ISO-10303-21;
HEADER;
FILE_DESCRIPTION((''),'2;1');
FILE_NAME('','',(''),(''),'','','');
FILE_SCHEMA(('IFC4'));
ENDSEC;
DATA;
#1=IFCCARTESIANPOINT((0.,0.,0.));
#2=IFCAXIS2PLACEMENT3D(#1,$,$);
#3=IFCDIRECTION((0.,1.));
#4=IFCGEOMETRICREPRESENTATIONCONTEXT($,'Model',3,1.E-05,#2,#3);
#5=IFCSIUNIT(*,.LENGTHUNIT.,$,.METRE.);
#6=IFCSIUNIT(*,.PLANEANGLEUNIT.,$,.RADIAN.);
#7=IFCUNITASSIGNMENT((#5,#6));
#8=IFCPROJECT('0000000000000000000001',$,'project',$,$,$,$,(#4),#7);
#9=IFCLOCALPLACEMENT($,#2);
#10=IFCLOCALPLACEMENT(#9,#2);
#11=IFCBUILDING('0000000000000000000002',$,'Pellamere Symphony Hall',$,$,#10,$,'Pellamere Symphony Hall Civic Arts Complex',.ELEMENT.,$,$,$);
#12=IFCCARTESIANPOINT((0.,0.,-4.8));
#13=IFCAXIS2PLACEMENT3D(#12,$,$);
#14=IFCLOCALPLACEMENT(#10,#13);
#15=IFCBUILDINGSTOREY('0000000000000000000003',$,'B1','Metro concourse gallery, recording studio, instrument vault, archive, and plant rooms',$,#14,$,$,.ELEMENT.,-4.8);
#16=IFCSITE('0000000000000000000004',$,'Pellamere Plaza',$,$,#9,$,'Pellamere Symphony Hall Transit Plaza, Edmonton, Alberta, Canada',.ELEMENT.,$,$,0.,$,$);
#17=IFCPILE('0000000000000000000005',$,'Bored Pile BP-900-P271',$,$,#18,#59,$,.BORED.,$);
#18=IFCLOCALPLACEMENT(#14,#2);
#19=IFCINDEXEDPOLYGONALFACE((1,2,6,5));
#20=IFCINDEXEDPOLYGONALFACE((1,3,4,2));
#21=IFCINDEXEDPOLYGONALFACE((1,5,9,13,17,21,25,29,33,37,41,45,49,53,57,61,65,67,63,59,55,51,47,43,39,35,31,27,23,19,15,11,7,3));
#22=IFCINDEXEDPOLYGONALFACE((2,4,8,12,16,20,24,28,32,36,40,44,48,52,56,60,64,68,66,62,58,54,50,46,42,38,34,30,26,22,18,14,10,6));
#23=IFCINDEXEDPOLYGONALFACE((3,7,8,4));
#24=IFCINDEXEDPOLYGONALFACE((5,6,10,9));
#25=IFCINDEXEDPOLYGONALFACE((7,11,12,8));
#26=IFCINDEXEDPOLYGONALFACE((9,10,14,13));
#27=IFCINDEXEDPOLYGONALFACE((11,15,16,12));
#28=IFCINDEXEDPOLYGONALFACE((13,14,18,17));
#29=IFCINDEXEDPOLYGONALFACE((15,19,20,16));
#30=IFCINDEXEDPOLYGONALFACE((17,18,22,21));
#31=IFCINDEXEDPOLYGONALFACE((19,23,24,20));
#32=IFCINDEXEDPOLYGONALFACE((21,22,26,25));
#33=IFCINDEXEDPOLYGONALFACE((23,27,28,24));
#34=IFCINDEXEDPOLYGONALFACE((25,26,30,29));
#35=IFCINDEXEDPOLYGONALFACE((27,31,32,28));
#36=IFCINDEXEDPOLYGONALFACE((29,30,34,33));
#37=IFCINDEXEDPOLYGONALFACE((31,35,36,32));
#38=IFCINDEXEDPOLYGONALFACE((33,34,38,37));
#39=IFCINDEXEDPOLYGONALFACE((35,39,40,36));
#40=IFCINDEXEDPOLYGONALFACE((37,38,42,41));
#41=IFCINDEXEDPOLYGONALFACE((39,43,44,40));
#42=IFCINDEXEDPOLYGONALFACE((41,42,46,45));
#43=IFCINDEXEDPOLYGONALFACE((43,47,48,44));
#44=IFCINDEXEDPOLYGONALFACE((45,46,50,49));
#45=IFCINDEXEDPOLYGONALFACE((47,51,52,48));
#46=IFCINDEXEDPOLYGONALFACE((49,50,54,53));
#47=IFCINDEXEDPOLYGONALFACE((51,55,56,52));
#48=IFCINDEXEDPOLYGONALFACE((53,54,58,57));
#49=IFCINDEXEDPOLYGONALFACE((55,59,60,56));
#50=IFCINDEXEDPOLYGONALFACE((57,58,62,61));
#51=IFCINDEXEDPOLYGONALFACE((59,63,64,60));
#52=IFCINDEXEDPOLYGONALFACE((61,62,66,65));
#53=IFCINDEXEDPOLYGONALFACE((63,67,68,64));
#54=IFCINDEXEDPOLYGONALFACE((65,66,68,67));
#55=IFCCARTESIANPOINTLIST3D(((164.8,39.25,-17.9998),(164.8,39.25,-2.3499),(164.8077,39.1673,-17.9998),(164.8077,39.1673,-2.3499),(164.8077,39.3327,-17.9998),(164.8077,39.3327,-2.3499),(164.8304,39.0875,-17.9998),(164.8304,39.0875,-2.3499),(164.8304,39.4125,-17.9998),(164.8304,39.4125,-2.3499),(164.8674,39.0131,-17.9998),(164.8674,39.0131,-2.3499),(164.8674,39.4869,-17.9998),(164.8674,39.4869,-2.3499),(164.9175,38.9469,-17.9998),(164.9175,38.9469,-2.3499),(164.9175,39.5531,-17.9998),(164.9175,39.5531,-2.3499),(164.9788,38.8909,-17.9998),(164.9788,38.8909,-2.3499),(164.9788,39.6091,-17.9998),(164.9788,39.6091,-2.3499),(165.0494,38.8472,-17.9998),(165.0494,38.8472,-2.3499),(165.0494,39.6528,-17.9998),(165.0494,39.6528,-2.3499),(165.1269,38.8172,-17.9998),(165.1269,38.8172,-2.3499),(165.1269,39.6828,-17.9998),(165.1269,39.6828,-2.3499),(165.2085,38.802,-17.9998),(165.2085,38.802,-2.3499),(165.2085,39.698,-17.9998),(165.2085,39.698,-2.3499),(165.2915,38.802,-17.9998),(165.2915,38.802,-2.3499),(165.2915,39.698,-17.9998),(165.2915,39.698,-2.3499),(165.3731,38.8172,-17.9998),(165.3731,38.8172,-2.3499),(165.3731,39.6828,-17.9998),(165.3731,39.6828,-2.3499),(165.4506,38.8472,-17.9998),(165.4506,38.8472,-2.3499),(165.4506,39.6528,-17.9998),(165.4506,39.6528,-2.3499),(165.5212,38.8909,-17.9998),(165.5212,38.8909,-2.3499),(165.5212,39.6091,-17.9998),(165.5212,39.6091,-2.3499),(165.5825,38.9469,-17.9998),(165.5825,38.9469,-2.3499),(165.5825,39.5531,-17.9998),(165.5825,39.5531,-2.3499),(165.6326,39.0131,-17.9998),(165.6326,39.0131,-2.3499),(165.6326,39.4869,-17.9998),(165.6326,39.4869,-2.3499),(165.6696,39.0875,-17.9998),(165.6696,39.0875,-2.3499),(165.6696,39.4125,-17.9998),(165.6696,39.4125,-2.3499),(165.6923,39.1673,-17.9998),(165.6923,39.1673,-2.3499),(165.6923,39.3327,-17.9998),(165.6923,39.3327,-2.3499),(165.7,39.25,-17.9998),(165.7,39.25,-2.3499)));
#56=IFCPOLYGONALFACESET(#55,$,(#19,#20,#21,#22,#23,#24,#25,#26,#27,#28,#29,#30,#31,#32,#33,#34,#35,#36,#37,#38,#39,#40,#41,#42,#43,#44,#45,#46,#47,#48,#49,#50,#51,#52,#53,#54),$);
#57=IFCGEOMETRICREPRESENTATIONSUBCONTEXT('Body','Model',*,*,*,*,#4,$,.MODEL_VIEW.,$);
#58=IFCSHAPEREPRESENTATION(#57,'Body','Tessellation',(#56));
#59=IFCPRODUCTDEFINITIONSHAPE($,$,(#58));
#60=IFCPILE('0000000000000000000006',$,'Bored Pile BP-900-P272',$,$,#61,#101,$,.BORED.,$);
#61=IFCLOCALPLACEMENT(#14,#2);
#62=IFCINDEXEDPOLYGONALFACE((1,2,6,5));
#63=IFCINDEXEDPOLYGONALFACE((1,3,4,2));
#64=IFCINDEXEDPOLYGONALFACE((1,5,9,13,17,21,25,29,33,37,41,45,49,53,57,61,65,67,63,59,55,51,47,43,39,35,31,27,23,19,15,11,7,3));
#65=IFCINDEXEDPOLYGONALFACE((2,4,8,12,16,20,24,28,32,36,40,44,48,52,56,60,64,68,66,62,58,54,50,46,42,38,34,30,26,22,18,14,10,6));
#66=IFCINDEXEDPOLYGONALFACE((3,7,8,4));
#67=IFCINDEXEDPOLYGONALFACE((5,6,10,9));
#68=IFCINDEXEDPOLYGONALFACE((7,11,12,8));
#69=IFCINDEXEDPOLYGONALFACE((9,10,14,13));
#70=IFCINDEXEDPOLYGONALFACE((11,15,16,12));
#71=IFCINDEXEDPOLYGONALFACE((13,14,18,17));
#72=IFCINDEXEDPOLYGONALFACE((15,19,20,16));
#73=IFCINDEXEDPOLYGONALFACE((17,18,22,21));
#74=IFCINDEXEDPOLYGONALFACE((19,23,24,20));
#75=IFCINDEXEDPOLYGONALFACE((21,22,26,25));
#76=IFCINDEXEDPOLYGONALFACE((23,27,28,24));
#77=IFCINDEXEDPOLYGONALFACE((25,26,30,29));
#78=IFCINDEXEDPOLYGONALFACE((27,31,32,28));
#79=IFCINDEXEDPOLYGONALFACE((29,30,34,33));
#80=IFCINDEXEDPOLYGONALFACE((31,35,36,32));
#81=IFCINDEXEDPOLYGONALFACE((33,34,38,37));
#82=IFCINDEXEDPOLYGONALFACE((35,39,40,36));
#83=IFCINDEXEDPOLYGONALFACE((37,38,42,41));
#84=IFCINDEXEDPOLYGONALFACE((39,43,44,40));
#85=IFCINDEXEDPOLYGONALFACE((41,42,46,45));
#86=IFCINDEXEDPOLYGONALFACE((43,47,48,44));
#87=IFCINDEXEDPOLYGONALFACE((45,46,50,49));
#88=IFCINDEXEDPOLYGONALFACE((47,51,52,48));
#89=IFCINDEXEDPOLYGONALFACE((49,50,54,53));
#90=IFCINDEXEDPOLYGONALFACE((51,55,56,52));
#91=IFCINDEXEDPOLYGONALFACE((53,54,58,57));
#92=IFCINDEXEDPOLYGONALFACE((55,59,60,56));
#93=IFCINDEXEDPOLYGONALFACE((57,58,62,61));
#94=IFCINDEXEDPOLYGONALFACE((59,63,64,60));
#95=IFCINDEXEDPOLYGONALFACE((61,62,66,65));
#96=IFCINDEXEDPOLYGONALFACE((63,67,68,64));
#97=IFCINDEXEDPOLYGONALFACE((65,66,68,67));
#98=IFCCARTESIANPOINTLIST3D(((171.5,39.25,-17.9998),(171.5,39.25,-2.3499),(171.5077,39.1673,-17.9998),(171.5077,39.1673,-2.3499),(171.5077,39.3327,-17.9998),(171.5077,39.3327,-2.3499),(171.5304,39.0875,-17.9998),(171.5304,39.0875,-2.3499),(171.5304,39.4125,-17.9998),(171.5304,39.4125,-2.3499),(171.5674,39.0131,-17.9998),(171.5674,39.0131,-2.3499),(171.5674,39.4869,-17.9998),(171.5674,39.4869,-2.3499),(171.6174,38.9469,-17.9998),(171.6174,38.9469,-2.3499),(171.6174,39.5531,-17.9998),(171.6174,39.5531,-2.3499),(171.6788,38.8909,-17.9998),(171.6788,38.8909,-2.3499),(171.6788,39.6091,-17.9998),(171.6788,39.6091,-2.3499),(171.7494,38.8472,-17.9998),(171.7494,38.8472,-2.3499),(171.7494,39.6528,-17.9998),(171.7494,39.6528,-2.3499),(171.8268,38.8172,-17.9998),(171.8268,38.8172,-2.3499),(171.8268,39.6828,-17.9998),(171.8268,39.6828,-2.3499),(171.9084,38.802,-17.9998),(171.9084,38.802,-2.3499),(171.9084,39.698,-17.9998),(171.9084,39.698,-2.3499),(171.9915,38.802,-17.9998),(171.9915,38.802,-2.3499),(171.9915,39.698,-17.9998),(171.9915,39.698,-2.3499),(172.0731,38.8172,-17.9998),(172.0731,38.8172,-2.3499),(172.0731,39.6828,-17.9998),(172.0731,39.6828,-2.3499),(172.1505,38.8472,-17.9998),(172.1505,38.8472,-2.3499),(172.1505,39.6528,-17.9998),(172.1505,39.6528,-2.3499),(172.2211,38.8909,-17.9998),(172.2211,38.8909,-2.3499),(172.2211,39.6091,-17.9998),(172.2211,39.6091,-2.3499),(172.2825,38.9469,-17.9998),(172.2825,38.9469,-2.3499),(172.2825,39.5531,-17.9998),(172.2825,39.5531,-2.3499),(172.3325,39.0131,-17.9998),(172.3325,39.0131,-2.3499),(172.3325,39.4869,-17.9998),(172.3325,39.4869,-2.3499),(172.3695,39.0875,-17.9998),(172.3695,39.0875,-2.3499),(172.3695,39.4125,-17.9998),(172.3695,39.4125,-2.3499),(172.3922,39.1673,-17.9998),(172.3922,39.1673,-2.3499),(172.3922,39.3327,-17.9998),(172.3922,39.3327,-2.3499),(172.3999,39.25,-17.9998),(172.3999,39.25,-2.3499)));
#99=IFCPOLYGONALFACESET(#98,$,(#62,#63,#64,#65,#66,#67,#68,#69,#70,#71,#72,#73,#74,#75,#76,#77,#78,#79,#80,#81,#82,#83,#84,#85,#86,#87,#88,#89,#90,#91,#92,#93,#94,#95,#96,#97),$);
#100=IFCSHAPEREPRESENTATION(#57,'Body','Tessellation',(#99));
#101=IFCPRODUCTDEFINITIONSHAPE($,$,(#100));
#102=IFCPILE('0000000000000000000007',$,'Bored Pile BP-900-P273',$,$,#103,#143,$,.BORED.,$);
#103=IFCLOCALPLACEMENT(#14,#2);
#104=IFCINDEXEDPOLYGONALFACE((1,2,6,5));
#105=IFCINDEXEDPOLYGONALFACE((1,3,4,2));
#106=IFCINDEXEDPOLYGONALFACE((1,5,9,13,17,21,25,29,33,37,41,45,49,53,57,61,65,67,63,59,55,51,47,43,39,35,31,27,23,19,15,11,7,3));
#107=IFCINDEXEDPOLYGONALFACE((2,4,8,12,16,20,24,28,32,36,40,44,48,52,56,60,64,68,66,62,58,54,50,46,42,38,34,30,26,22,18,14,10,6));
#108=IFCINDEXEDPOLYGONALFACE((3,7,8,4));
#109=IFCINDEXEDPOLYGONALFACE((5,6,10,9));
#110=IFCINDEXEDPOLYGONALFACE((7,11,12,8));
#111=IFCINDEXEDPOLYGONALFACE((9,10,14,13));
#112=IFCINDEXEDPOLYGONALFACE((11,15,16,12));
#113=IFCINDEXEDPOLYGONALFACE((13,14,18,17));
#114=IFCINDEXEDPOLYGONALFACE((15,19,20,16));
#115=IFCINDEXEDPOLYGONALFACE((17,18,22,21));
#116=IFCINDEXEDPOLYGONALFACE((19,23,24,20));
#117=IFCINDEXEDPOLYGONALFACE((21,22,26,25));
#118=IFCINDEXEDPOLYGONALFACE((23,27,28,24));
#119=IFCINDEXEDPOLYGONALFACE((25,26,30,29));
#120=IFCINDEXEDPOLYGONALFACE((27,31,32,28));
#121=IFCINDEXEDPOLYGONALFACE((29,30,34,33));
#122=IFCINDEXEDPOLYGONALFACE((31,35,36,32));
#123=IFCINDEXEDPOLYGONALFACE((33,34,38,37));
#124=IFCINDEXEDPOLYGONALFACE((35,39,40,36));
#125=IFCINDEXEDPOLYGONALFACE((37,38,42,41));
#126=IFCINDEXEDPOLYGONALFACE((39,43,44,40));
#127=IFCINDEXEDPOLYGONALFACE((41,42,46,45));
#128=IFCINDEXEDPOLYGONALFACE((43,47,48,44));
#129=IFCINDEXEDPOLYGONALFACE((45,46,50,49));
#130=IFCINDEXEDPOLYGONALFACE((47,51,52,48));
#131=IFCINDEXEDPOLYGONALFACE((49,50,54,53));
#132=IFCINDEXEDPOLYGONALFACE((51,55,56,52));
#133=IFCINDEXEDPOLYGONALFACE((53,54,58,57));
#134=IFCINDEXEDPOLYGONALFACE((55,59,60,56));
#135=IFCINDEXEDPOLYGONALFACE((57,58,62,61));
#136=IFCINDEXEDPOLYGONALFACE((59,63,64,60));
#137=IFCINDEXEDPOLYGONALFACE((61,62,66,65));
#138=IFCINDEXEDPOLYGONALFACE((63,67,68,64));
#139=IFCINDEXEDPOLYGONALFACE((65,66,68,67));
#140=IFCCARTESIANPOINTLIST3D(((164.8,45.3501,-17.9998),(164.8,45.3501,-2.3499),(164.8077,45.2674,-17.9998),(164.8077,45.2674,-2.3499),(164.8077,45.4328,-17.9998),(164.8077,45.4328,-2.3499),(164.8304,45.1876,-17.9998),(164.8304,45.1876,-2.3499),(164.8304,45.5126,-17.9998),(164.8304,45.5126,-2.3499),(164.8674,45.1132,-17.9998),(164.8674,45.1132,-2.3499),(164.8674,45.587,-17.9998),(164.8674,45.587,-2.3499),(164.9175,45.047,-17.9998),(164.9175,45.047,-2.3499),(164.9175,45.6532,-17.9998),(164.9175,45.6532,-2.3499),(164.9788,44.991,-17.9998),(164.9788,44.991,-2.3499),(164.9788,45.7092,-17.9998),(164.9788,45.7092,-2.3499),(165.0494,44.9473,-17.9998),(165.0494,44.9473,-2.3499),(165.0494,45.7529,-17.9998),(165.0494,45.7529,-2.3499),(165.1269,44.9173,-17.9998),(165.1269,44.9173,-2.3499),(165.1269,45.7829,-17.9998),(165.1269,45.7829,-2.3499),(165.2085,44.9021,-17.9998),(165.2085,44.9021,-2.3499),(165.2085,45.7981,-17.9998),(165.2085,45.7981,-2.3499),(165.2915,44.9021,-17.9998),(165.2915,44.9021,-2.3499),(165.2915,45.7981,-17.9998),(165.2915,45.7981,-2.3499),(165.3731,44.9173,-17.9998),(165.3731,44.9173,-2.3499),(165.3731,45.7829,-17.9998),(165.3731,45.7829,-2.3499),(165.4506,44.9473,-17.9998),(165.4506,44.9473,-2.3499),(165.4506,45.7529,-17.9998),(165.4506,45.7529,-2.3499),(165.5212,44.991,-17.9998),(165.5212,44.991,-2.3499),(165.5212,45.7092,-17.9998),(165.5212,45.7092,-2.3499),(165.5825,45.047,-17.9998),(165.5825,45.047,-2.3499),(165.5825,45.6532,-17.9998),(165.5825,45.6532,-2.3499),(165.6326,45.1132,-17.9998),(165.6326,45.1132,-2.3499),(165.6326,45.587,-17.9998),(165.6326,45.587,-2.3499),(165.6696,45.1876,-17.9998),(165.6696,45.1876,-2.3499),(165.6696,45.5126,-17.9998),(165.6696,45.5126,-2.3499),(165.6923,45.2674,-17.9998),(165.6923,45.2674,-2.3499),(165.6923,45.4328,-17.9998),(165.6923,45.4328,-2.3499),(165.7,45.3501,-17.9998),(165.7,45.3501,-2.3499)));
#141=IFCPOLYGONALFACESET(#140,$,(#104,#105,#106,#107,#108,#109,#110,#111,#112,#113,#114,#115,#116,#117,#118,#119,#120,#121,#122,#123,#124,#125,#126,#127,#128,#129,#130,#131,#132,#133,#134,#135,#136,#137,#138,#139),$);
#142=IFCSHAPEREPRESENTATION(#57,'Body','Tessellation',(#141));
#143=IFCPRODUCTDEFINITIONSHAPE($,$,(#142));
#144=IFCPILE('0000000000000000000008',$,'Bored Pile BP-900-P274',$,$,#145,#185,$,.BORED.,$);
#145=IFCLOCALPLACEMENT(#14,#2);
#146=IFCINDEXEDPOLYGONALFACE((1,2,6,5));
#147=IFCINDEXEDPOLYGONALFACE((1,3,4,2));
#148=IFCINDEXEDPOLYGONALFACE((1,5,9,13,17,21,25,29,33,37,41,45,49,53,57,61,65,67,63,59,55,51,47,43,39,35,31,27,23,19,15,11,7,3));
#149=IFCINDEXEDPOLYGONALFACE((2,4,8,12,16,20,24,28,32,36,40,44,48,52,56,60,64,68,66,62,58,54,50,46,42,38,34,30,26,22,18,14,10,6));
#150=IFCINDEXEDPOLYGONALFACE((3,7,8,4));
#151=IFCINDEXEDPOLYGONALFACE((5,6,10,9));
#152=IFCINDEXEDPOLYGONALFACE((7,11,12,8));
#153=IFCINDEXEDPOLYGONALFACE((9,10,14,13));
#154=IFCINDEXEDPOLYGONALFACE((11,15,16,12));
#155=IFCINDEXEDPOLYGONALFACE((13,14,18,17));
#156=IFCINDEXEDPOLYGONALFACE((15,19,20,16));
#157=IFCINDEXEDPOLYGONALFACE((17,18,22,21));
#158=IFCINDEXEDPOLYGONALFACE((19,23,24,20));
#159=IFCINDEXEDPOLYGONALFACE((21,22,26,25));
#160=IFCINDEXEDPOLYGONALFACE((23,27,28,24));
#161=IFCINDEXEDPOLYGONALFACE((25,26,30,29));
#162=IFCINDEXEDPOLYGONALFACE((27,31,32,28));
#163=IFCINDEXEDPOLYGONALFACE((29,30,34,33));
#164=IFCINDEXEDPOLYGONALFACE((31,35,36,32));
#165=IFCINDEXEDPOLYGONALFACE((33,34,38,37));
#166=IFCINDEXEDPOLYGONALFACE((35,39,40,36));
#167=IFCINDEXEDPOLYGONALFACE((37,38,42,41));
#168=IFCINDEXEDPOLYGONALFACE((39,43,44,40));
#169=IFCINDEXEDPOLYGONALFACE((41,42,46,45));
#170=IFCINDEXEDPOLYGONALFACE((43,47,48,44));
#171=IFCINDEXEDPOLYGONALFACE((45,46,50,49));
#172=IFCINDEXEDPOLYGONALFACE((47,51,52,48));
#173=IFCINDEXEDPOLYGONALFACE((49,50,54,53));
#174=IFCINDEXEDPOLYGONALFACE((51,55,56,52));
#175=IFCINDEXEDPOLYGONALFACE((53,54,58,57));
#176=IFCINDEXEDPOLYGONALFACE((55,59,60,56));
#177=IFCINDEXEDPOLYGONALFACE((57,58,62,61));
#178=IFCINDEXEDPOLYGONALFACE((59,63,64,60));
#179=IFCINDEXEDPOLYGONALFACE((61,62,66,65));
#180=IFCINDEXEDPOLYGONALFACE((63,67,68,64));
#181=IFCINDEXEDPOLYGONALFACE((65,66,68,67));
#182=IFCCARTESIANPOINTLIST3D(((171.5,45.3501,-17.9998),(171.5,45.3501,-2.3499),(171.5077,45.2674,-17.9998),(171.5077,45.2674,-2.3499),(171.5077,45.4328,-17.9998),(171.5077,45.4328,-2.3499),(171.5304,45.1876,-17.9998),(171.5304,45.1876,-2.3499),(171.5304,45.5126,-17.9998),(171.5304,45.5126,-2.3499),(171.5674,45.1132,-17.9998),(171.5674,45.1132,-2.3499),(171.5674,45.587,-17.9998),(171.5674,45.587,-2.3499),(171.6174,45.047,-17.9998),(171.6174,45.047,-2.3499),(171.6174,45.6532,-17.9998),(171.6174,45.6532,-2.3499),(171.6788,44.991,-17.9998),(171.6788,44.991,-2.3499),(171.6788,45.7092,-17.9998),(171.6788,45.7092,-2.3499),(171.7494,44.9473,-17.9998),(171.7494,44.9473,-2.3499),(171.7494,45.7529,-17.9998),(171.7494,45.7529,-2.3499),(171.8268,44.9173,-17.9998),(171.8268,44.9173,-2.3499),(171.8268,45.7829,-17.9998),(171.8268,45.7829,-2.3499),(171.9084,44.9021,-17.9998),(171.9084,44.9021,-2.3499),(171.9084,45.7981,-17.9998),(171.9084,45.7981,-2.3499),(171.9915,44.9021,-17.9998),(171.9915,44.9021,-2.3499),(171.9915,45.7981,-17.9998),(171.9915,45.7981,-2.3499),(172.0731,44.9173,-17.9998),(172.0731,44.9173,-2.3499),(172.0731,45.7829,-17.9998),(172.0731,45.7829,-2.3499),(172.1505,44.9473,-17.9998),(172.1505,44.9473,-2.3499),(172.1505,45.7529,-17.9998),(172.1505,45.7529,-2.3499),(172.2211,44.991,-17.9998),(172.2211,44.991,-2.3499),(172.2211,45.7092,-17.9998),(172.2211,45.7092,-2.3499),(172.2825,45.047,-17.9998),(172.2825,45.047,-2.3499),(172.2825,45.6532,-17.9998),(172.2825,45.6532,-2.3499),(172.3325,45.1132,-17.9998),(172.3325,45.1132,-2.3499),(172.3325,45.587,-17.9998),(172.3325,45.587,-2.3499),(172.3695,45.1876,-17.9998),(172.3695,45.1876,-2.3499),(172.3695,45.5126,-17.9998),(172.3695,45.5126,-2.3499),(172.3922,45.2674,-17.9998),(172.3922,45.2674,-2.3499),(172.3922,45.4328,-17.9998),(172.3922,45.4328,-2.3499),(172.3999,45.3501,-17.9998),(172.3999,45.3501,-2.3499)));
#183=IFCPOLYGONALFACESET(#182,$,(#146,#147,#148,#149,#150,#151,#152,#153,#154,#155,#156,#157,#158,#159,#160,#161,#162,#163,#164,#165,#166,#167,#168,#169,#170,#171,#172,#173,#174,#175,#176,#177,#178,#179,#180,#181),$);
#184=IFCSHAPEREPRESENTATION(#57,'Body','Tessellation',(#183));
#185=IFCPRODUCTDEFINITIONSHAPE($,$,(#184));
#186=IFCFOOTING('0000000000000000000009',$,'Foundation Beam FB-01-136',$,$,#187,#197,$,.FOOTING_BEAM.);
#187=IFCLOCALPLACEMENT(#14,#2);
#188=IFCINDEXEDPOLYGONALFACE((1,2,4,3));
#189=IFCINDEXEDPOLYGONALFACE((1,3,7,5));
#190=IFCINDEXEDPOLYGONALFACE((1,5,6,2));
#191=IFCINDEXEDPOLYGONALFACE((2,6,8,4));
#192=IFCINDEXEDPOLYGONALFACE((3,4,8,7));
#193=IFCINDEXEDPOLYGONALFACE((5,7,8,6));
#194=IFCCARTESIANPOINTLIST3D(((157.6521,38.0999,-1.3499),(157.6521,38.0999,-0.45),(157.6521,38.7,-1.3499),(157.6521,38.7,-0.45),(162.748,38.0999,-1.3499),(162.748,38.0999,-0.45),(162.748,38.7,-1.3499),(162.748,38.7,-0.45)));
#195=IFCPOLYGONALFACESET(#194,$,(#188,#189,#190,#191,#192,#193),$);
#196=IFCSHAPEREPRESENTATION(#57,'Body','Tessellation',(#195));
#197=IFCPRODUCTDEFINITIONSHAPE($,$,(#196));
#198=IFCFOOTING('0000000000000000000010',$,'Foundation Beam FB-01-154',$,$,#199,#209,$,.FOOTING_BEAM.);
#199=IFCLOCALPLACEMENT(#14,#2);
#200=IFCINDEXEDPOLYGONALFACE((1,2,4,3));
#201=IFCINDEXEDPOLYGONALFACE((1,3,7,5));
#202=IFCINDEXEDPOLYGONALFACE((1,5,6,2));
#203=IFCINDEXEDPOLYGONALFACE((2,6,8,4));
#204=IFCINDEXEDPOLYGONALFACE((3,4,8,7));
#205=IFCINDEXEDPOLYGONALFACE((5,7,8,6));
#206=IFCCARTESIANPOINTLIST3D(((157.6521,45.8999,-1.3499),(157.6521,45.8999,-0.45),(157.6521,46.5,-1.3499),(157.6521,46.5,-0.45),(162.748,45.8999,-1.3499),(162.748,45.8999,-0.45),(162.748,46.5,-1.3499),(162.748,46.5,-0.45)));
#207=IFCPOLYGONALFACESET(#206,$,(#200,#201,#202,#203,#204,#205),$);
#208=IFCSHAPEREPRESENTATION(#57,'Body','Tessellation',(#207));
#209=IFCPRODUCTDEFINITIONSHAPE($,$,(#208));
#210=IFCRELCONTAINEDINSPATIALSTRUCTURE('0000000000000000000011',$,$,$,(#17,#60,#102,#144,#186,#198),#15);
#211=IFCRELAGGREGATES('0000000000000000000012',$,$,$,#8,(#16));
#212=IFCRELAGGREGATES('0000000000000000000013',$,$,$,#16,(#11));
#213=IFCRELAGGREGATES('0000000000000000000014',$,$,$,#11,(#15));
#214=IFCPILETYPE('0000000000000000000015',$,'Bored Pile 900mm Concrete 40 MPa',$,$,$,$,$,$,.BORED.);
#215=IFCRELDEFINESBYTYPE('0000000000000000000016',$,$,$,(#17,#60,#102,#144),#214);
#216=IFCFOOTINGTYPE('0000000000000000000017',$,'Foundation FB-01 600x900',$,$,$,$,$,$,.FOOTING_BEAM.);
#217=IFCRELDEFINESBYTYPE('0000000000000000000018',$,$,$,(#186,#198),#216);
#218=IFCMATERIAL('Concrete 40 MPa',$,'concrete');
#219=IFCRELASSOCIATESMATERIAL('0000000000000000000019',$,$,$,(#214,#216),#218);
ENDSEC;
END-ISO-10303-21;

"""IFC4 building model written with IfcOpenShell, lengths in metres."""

from ifc_helpers import new_model, si_unit, direction, frame, origin, origin_2d, place, context, subcontext, project, spatial, rectangle, circle, extrude, material, material_profile, profile_set, type_object, element, save


model = new_model("IFC4")

# Units and contexts
model_context = context("Model", 3, precision=1e-05, world=origin(), true_north=direction((0.0, 1.0)))
body_context = subcontext(model_context, "Body", "Model", "MODEL_VIEW")
ifc_project = project(units=[si_unit("LENGTHUNIT", "METRE"), si_unit("PLANEANGLEUNIT", "RADIAN")], contexts=[model_context])

# Site, building, storey
site_placement = place(None, origin())
site = spatial("IfcSite", under=ifc_project, at=site_placement, Name="Pellamere Plaza", LongName="Pellamere Symphony Hall Transit Plaza, Edmonton, Alberta, Canada", CompositionType="ELEMENT", RefElevation=0.0)
building_placement = place(site_placement, origin())
building = spatial("IfcBuilding", under=site, at=building_placement, Name="Pellamere Symphony Hall", LongName="Pellamere Symphony Hall Civic Arts Complex", CompositionType="ELEMENT")
storey_placement = place(building_placement, frame((0.0, 0.0, -4.8)))
storey = spatial("IfcBuildingStorey", under=building, at=storey_placement, Name="B1", Description="Metro concourse gallery, recording studio, instrument vault, archive, and plant rooms", CompositionType="ELEMENT", Elevation=-4.8)

# Piles
ifc_material_1 = material(Name="Concrete 40 MPa", Category="concrete")
ifc_material_profile_1 = material_profile(ifc_material_1, circle(Radius=0.45, at=origin_2d()), Name="PILE D900")
ifc_profile_set_1 = profile_set([ifc_material_profile_1], Name="Concrete 40 MPa")
pile_type_1 = type_object("IfcPileType", Name="Bored Pile 900mm Concrete 40 MPa", PredefinedType="BORED", material=ifc_profile_set_1)
for number, where, z_axis, x_axis, name in (
    (1, (165.25, 39.25, -2.3499), (0.0, 0.0, -1.0), (1.0, 0.0, 0.0), "Bored Pile BP-900-P271"),
    (2, (171.95, 39.25, -2.3499), (0.0, 0.0, -1.0), (1.0, 0.0, 0.0), "Bored Pile BP-900-P272"),
    (3, (165.25, 45.3501, -2.3499), (0.0, 0.0, -1.0), (1.0, 0.0, 0.0), "Bored Pile BP-900-P273"),
    (4, (171.95, 45.3501, -2.3499), (0.0, 0.0, -1.0), (1.0, 0.0, 0.0), "Bored Pile BP-900-P274"),
):
    element("IfcPile", number, at=place(storey_placement, frame(where, z_axis=z_axis, x_axis=x_axis)), inside=storey, type_object=pile_type_1, Name=name, PredefinedType="BORED", context=body_context, shape_type="SweptSolid", body=[
        extrude(circle(Radius=0.45, at=origin_2d()), origin(), (0.0, 0.0, 1.0), 15.6499),
    ])

# Footings
ifc_material_profile_2 = material_profile(ifc_material_1, rectangle(XDim=0.6001, YDim=0.8999, at=origin_2d()), Name="RC 600x900")
ifc_profile_set_2 = profile_set([ifc_material_profile_2], Name="Concrete 40 MPa")
footing_type_1 = type_object("IfcFootingType", Name="Foundation FB-01 600x900", PredefinedType="FOOTING_BEAM", material=ifc_profile_set_2)
for number, where, z_axis, x_axis, name in (
    (5, (157.6521, 38.3999, -0.8999), (1.0, 0.0, 0.0), (0.0, 1.0, 0.0), "Foundation Beam FB-01-136"),
    (6, (157.6521, 46.2, -0.8999), (1.0, 0.0, 0.0), (0.0, 1.0, 0.0), "Foundation Beam FB-01-154"),
):
    element("IfcFooting", number, at=place(storey_placement, frame(where, z_axis=z_axis, x_axis=x_axis)), inside=storey, type_object=footing_type_1, Name=name, PredefinedType="FOOTING_BEAM", context=body_context, shape_type="SweptSolid", body=[
        extrude(rectangle(XDim=0.6001, YDim=0.8999, at=origin_2d()), origin(), (0.0, 0.0, 1.0), 5.0959),
    ])

save(model, "model.ifc")
